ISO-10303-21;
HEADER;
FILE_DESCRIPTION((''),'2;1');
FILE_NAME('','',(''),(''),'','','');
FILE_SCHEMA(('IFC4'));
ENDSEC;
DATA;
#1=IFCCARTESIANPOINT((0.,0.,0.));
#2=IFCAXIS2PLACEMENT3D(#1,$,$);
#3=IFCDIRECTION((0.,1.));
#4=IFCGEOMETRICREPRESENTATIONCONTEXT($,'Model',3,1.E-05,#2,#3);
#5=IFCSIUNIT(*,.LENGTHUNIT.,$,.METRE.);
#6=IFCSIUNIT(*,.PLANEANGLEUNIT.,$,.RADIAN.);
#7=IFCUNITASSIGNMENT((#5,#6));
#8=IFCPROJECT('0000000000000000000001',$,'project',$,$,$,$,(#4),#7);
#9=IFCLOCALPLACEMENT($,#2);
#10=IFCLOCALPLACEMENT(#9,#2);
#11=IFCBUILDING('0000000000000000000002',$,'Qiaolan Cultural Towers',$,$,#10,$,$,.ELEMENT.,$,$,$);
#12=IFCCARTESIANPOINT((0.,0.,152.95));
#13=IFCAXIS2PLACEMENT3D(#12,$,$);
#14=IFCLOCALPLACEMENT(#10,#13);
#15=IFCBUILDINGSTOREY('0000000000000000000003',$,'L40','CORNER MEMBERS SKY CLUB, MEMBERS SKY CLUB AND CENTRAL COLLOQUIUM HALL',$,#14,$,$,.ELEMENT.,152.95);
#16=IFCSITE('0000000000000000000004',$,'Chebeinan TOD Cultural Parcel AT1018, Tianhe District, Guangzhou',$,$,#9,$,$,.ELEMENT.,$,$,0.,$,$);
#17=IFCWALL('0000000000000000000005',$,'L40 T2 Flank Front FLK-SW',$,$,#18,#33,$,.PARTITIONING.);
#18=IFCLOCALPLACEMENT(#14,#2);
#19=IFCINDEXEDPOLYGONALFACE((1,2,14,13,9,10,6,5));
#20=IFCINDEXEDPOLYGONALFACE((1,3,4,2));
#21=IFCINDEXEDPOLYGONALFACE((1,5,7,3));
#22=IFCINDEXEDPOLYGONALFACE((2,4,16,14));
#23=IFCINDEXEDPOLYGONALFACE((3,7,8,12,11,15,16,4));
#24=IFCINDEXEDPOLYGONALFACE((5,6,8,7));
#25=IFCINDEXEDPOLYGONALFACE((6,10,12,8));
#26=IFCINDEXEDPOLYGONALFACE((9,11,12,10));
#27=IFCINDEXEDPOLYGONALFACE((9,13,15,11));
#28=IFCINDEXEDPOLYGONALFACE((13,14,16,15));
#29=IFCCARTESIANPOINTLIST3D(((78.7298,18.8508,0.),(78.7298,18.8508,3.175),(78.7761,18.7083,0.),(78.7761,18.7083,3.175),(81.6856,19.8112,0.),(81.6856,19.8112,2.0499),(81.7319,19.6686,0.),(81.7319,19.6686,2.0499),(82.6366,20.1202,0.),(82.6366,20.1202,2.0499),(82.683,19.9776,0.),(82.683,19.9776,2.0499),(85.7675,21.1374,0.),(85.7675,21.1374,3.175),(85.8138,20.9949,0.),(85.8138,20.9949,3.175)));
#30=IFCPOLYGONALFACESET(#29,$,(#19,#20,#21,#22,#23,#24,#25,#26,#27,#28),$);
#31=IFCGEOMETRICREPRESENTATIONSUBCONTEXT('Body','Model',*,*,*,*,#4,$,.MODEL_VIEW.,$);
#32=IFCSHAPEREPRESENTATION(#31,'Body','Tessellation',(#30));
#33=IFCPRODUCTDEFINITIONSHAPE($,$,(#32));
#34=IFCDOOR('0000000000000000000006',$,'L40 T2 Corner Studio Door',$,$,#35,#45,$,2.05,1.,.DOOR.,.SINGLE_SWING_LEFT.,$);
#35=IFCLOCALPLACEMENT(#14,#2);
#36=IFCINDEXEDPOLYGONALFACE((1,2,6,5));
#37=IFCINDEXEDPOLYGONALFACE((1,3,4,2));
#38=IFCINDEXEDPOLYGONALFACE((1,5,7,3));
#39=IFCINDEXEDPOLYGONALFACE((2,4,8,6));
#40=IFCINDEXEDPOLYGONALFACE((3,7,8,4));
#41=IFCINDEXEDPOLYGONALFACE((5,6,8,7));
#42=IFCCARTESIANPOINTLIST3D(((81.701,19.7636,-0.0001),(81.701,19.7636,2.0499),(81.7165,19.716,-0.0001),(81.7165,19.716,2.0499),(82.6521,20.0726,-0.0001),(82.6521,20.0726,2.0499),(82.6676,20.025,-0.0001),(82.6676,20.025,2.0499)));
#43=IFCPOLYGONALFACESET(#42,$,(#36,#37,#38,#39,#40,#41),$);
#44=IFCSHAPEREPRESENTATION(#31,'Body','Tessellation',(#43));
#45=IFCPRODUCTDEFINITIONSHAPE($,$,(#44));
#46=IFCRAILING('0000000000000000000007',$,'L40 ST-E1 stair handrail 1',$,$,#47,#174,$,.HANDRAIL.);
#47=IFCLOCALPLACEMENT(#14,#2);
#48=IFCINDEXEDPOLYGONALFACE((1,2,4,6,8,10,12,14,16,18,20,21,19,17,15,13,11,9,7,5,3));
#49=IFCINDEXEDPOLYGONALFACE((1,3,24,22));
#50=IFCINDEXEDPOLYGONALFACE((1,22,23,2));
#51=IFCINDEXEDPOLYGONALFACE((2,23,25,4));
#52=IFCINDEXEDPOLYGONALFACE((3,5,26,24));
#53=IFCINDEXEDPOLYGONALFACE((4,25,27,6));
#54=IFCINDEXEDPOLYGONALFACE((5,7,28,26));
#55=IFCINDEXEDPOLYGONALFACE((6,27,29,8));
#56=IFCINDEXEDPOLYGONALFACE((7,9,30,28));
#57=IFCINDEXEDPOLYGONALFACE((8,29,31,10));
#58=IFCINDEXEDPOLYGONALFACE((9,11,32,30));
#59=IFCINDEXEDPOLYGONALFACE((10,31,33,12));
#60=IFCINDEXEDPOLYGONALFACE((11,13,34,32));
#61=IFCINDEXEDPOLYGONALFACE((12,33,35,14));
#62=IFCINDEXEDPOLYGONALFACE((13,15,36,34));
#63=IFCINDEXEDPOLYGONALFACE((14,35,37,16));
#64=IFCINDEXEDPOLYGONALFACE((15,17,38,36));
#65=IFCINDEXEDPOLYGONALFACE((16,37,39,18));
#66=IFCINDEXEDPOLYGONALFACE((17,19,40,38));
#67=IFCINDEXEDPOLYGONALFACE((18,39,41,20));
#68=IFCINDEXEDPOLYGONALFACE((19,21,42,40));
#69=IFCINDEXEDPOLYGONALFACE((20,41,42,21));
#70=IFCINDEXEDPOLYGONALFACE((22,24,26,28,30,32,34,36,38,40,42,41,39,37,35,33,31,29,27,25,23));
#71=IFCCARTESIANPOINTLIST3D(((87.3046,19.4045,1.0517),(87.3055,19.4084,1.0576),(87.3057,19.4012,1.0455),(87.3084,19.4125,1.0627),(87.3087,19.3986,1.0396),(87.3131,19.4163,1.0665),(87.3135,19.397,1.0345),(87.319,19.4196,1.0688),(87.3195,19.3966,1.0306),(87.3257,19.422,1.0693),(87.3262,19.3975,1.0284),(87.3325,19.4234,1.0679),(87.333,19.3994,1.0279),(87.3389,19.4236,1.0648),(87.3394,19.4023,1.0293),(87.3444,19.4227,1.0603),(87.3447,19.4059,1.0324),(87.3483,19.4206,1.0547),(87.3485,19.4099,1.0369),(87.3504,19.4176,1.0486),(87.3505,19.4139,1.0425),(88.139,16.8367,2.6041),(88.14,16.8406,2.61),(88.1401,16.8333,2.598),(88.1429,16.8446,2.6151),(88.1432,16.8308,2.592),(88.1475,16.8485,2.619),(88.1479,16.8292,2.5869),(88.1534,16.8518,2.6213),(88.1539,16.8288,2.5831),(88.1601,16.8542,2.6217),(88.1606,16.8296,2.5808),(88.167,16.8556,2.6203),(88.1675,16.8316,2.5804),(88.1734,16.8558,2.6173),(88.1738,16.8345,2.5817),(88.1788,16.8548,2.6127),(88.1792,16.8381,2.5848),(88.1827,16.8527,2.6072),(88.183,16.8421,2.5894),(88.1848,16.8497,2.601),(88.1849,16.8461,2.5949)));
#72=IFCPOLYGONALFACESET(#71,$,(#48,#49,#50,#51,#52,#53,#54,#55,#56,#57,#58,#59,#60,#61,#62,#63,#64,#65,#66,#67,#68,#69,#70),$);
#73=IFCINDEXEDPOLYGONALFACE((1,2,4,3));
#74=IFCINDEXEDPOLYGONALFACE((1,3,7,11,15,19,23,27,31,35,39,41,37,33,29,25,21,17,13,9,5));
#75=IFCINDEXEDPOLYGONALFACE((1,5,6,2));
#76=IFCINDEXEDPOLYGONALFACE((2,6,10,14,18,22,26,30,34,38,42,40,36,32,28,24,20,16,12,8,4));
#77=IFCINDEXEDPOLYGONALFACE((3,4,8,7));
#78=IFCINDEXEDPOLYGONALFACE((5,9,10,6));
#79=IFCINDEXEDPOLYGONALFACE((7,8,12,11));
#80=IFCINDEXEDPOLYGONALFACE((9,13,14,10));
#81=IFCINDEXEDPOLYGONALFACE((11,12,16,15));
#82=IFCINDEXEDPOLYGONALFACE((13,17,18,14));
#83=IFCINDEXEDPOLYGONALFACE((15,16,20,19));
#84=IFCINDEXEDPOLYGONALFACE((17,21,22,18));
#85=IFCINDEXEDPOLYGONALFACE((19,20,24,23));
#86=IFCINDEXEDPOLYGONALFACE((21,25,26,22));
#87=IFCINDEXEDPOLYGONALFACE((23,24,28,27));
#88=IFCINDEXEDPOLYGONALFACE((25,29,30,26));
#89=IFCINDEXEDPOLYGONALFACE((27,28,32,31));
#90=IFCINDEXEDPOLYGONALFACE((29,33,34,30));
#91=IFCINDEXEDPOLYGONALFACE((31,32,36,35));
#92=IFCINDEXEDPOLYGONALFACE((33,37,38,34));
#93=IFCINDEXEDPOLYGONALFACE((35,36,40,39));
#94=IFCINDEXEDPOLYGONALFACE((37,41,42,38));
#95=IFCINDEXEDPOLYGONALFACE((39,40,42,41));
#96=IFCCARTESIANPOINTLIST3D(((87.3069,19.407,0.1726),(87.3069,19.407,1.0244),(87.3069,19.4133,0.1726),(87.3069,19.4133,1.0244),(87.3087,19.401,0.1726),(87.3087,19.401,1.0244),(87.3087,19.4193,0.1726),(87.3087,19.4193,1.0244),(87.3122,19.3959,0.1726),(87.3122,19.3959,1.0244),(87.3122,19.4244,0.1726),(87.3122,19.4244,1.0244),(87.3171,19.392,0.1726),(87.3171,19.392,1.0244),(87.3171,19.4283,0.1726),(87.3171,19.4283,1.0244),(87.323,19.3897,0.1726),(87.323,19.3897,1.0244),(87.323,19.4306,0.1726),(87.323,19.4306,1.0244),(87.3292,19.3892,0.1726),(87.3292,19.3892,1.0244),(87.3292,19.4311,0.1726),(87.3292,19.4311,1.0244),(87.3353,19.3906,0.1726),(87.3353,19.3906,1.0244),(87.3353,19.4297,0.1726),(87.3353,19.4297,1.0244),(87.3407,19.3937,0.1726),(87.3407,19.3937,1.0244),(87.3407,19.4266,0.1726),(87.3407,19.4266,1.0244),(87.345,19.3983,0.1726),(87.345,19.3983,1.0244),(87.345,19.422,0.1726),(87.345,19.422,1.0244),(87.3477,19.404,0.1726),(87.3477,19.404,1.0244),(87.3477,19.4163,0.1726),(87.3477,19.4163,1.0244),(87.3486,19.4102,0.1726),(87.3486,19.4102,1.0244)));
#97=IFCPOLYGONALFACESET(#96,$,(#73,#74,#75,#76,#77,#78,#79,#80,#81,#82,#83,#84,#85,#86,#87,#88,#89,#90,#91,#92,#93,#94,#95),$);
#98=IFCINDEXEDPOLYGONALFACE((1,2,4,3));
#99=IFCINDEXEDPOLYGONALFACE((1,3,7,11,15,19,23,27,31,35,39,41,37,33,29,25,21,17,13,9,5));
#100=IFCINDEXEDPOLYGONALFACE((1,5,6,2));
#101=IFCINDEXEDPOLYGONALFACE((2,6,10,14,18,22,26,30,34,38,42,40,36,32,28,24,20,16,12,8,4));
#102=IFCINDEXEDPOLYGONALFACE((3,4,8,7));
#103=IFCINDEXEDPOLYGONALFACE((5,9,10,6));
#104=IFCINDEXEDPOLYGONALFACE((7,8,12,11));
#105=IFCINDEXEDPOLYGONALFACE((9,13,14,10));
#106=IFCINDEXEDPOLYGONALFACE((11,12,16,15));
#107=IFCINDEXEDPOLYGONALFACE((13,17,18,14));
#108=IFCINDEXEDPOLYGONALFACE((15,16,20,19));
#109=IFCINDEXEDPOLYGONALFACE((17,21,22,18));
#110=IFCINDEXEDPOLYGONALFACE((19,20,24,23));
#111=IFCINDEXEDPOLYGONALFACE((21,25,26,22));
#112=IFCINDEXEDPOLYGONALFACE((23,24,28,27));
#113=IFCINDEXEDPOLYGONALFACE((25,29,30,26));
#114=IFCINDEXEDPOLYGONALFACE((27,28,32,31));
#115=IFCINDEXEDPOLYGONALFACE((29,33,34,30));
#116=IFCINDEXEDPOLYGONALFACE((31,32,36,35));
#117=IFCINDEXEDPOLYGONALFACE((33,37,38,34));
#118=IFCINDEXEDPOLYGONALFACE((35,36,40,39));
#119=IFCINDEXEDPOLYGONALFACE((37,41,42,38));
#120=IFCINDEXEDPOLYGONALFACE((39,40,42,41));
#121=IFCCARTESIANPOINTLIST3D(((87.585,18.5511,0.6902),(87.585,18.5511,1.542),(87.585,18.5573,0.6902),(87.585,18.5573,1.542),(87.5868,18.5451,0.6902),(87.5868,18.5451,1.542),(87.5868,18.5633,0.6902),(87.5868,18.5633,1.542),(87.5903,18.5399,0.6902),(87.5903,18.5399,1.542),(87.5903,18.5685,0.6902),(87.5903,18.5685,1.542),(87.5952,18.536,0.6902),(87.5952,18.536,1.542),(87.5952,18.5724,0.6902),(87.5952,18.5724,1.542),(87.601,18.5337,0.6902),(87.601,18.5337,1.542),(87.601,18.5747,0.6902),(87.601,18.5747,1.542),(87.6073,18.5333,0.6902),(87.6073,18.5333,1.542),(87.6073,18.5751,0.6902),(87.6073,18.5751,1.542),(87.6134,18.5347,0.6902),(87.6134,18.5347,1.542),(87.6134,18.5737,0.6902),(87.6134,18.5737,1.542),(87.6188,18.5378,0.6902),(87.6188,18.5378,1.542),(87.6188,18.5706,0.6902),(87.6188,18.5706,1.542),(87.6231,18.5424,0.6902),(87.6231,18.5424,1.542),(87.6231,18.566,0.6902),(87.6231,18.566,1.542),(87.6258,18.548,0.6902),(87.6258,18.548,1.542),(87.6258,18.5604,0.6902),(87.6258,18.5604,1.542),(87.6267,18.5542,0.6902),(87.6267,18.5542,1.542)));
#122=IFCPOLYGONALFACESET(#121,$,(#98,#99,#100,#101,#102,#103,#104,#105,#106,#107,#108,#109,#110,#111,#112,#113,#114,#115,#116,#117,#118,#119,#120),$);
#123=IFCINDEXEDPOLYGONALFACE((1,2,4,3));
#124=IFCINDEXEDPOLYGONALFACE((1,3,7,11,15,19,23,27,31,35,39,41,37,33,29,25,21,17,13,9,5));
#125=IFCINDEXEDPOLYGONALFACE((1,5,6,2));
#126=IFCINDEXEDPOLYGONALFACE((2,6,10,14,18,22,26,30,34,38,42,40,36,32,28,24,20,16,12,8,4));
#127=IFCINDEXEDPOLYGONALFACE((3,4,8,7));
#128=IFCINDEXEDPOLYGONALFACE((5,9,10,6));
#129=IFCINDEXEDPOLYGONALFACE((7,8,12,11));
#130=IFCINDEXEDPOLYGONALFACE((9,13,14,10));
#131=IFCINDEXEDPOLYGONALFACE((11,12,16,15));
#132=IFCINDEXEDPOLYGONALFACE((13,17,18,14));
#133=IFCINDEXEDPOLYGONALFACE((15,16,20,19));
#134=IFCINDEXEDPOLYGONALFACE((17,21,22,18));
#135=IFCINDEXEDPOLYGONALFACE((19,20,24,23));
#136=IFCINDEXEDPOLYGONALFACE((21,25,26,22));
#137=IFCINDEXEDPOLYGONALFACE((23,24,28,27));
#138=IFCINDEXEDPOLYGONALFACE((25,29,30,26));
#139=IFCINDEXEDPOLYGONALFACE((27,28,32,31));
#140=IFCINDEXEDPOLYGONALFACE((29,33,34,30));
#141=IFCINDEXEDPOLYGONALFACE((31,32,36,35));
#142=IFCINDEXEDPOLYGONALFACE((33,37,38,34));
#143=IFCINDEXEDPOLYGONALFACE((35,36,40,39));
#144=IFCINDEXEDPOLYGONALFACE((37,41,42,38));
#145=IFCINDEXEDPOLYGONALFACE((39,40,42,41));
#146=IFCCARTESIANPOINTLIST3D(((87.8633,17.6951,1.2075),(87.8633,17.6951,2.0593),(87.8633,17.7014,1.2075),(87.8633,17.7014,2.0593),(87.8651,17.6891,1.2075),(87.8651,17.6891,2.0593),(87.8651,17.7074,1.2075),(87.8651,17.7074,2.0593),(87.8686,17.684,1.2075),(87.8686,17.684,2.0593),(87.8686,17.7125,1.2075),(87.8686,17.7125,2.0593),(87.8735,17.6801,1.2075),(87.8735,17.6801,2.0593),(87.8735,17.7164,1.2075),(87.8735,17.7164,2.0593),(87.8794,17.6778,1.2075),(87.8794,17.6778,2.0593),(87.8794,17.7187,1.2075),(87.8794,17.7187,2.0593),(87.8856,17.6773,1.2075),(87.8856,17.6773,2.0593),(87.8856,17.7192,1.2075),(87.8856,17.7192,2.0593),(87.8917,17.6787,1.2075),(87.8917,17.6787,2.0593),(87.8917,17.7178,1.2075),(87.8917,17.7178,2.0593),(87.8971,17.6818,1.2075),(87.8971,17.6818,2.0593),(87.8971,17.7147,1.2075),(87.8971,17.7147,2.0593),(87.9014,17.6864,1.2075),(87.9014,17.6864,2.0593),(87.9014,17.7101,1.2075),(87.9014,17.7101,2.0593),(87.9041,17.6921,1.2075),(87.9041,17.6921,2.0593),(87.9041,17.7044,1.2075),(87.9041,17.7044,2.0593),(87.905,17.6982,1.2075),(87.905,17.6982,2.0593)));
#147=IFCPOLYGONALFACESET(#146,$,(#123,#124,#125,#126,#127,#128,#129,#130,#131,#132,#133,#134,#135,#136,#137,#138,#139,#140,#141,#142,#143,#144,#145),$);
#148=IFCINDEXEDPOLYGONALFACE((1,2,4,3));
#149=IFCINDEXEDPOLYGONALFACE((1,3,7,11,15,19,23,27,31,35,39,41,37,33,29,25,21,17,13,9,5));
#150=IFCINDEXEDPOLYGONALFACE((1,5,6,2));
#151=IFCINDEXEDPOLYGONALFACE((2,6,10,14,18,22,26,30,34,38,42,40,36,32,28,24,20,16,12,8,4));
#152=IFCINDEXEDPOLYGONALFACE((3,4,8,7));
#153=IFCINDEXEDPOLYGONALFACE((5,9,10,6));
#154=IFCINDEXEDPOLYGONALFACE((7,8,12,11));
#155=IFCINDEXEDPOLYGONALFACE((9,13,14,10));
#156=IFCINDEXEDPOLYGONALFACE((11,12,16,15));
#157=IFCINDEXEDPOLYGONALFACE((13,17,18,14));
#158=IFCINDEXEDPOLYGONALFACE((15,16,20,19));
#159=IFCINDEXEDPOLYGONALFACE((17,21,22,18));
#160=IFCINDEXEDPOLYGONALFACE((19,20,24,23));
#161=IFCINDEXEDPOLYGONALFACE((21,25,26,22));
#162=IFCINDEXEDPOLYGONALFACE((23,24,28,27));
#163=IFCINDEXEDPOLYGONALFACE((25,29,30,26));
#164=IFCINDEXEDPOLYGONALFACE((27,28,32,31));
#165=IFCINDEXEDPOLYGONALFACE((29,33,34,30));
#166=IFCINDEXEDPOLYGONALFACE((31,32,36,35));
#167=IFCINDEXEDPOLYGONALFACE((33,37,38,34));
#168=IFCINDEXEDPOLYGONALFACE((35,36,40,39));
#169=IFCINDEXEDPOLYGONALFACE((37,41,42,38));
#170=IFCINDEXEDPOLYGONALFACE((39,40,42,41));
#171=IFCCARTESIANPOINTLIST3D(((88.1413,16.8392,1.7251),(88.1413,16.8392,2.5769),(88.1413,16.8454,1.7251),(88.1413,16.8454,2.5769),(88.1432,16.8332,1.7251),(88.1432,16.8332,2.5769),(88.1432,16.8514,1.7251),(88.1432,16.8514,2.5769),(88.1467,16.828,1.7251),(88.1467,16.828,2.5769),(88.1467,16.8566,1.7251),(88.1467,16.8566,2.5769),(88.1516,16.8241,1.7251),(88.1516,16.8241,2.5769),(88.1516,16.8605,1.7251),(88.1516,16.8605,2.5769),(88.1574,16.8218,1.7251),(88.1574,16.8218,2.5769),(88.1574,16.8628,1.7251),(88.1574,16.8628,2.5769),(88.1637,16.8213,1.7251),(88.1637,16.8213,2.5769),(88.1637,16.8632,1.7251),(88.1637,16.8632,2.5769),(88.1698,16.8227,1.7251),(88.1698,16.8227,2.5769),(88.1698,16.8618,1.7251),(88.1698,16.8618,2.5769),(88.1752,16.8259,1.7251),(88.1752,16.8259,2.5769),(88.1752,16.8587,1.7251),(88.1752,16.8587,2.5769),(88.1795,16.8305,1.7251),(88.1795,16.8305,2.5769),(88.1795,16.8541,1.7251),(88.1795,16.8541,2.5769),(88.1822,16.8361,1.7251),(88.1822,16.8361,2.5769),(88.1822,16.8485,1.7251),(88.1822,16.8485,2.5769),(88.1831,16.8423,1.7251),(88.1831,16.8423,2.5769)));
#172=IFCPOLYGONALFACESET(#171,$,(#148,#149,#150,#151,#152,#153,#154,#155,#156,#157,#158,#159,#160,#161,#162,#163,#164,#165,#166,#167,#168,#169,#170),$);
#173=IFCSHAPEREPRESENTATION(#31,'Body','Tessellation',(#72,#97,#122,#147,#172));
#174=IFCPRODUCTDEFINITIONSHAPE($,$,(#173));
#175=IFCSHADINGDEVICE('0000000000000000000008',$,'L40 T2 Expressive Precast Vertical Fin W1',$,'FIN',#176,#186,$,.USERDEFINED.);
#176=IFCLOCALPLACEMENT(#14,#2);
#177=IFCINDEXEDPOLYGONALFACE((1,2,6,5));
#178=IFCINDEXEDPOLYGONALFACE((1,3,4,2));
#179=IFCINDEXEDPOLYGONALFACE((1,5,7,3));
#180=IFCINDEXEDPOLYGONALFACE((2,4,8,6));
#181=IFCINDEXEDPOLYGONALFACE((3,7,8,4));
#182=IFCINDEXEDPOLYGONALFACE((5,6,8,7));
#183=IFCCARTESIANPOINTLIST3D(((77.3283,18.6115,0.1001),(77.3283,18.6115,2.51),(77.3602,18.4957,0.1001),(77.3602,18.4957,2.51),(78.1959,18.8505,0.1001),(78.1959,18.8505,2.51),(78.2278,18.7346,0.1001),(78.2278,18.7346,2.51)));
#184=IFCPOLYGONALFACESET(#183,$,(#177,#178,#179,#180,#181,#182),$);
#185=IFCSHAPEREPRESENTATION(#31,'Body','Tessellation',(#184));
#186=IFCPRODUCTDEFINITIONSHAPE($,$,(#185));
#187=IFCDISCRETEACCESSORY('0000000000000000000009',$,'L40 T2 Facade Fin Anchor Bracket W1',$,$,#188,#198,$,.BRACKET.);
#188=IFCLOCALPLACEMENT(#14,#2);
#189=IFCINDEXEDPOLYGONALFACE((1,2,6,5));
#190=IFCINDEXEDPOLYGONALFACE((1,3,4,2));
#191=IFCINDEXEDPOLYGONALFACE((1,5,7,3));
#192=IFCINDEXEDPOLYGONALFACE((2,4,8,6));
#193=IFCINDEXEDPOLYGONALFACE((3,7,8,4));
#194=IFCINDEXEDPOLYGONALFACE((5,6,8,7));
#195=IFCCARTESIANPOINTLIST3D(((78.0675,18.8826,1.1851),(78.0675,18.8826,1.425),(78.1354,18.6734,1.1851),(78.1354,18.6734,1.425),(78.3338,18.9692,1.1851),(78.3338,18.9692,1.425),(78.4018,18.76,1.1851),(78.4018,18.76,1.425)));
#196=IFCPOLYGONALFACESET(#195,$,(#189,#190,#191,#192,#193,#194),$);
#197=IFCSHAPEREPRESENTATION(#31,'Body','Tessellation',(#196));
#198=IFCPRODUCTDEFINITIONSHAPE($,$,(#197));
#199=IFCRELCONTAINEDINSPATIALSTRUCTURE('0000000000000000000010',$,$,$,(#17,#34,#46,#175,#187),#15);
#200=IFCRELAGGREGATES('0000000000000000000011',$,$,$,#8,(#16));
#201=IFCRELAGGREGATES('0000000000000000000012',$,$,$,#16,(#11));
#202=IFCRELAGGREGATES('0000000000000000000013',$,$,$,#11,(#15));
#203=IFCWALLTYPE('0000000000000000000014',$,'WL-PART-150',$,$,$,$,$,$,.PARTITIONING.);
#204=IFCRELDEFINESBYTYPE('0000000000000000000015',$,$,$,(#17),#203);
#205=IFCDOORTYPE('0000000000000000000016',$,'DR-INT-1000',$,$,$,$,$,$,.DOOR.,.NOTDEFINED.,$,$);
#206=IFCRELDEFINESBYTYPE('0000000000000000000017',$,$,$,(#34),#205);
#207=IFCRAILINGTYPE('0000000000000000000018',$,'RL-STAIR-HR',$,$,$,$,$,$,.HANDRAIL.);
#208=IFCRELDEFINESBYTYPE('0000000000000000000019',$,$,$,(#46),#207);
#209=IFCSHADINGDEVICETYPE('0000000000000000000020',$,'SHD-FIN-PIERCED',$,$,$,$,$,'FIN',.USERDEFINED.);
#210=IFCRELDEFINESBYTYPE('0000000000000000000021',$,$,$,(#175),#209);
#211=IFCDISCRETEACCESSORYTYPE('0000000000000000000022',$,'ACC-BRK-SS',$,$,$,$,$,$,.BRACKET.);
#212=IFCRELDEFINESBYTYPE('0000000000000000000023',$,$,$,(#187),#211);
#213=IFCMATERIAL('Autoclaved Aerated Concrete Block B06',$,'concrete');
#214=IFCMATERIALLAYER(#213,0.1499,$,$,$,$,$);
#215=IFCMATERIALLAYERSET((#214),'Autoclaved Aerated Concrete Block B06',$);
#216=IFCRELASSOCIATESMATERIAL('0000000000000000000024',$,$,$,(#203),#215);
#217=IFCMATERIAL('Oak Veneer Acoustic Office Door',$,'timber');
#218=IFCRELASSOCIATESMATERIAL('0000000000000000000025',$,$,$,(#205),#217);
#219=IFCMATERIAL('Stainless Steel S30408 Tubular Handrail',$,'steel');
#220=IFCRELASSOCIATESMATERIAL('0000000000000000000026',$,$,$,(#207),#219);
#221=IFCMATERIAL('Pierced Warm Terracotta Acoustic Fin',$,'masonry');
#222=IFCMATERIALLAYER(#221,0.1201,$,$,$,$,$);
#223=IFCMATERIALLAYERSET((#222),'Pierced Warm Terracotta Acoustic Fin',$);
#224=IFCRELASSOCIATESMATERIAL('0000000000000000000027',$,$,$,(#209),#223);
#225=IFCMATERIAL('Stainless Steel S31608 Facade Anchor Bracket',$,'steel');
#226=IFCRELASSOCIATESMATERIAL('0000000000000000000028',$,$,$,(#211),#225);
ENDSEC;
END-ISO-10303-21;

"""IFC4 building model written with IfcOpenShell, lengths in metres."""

from ifc_helpers import new_model, si_unit, direction, frame, frame_2d, origin, origin_2d, place, context, subcontext, project, spatial, rectangle, circle, extrude, material, layer, layer_set, type_object, element, fill, save


model = new_model("IFC4")

# Units and contexts
model_context = context("Model", 3, precision=1e-05, world=origin(), true_north=direction((0.0, 1.0)))
body_context = subcontext(model_context, "Body", "Model", "MODEL_VIEW")
ifc_project = project(units=[si_unit("LENGTHUNIT", "METRE"), si_unit("PLANEANGLEUNIT", "RADIAN")], contexts=[model_context])

# Site, building, storey
site_placement = place(None, origin())
site = spatial("IfcSite", under=ifc_project, at=site_placement, Name="Chebeinan TOD Cultural Parcel AT1018, Tianhe District, Guangzhou", CompositionType="ELEMENT", RefElevation=0.0)
building_placement = place(site_placement, origin())
building = spatial("IfcBuilding", under=site, at=building_placement, Name="Qiaolan Cultural Towers", CompositionType="ELEMENT")
storey_placement = place(building_placement, frame((0.0, 0.0, 152.95)))
storey = spatial("IfcBuildingStorey", under=building, at=storey_placement, Name="L40", Description="CORNER MEMBERS SKY CLUB, MEMBERS SKY CLUB AND CENTRAL COLLOQUIUM HALL", CompositionType="ELEMENT", Elevation=152.95)

# Shared definitions
ifc_material_1 = material(Name="Autoclaved Aerated Concrete Block B06", Category="concrete")
ifc_layer_1 = layer(ifc_material_1, 0.1499)
ifc_layer_set_1 = layer_set([ifc_layer_1], Name="Autoclaved Aerated Concrete Block B06")
wall_type_1 = type_object("IfcWallType", Name="WL-PART-150", PredefinedType="PARTITIONING", material=ifc_layer_set_1)

# Wall, opening, door
wall_1_placement = place(storey_placement, frame((78.7529, 18.7795, 0.0), z_axis=(0.0, 0.0, 1.0), x_axis=(0.951061, 0.309003, 0.0)))
wall_1 = element("IfcWall", 1, at=wall_1_placement, inside=storey, type_object=wall_type_1, Name="L40 T2 Flank Front FLK-SW", PredefinedType="PARTITIONING", context=body_context, shape_type="SweptSolid", body=[
    extrude(rectangle(XDim=7.3999, YDim=0.1499, at=frame_2d((3.7, 0.0))), origin(), (0.0, 0.0, 1.0), 3.175),
])
opening_1_placement = place(wall_1_placement, frame((3.1079, 0.0, 0.0)))
opening_1 = element("IfcOpeningElement", 2, at=opening_1_placement, cuts=wall_1, PredefinedType="OPENING", context=body_context, shape_type="SweptSolid", body=[
    extrude(rectangle(XDim=1.0, YDim=2.05, at=frame_2d((0.5, 1.0249))), frame((0.0, 0.085, 0.0), z_axis=(0.0, -1.0, 0.0), x_axis=(1.0, 0.0, 0.0)), (0.0, 0.0, 1.0), 0.1699),
])
ifc_material_2 = material(Name="Oak Veneer Acoustic Office Door", Category="timber")
door_type_1 = type_object("IfcDoorType", Name="DR-INT-1000", OperationType="NOTDEFINED", PredefinedType="DOOR", material=ifc_material_2)
door_1_placement = place(opening_1_placement, origin())
door_1 = element("IfcDoor", 3, at=door_1_placement, inside=storey, type_object=door_type_1, Name="L40 T2 Corner Studio Door", OperationType="SINGLE_SWING_LEFT", OverallHeight=2.05, OverallWidth=1.0, PredefinedType="DOOR", context=body_context, shape_type="SweptSolid", body=[
    extrude(rectangle(XDim=1.0, YDim=2.05, at=frame_2d((0.5, 1.0249))), frame((0.0, 0.0249, 0.0), z_axis=(0.0, -1.0, 0.0), x_axis=(1.0, 0.0, 0.0)), (0.0, 0.0, 1.0), 0.05),
])
fill(opening_1, door_1)

# Railing
ifc_material_3 = material(Name="Stainless Steel S30408 Tubular Handrail", Category="steel")
railing_type = type_object("IfcRailingType", Name="RL-STAIR-HR", PredefinedType="HANDRAIL", material=ifc_material_3)
railing_placement = place(storey_placement, frame((87.3276, 19.4102, 0.1726)))
element("IfcRailing", 4, at=railing_placement, inside=storey, type_object=railing_type, Name="L40 ST-E1 stair handrail 1", PredefinedType="HANDRAIL", context=body_context, shape_type="SweptSolid", body=[
    extrude(circle(Radius=0.0239, at=origin_2d()), frame((0.0, 0.0, 0.876), z_axis=(0.267926, -0.824471, 0.498461), x_axis=(0.951043, 0.309057, 0.0)), (0.0, 0.0, 1.0), 3.1145),
    extrude(circle(Radius=0.021, at=origin_2d()), origin(), (0.0, 0.0, 1.0), 0.8518),
    extrude(circle(Radius=0.021, at=origin_2d()), frame((0.2781, -0.856, 0.5176)), (0.0, 0.0, 1.0), 0.8518),
    extrude(circle(Radius=0.021, at=origin_2d()), frame((0.5564, -1.7119, 1.0349)), (0.0, 0.0, 1.0), 0.8518),
    extrude(circle(Radius=0.021, at=origin_2d()), frame((0.8345, -2.5679, 1.5525)), (0.0, 0.0, 1.0), 0.8518),
])

# Shading device
ifc_material_4 = material(Name="Pierced Warm Terracotta Acoustic Fin", Category="masonry")
ifc_layer_2 = layer(ifc_material_4, 0.1201)
ifc_layer_set_2 = layer_set([ifc_layer_2], Name="Pierced Warm Terracotta Acoustic Fin")
shading_device_type = type_object("IfcShadingDeviceType", Name="SHD-FIN-PIERCED", ElementType="FIN", PredefinedType="USERDEFINED", material=ifc_layer_set_2)
shading_device_placement = place(storey_placement, frame((77.7781, 18.6731, 0.1001), z_axis=(0.0, 0.0, 1.0), x_axis=(0.964117, 0.265477, 0.0)))
element("IfcShadingDevice", 5, at=shading_device_placement, inside=storey, type_object=shading_device_type, Name="L40 T2 Expressive Precast Vertical Fin W1", ObjectType="FIN", PredefinedType="USERDEFINED", context=body_context, shape_type="SweptSolid", body=[
    extrude(rectangle(XDim=0.8999, YDim=0.1201, at=origin_2d()), origin(), (0.0, 0.0, 1.0), 2.4099),
])

# Discrete accessory
ifc_material_5 = material(Name="Stainless Steel S31608 Facade Anchor Bracket", Category="steel")
discrete_accessory_type = type_object("IfcDiscreteAccessoryType", Name="ACC-BRK-SS", PredefinedType="BRACKET", material=ifc_material_5)
discrete_accessory_placement = place(storey_placement, frame((78.2346, 18.8213, 1.1851), z_axis=(0.0, 0.0, 1.0), x_axis=(0.951057, 0.309017, 0.0)))
element("IfcDiscreteAccessory", 6, at=discrete_accessory_placement, inside=storey, type_object=discrete_accessory_type, Name="L40 T2 Facade Fin Anchor Bracket W1", PredefinedType="BRACKET", context=body_context, shape_type="SweptSolid", body=[
    extrude(rectangle(XDim=0.28, YDim=0.22, at=origin_2d()), origin(), (0.0, 0.0, 1.0), 0.24),
])

save(model, "model.ifc")
